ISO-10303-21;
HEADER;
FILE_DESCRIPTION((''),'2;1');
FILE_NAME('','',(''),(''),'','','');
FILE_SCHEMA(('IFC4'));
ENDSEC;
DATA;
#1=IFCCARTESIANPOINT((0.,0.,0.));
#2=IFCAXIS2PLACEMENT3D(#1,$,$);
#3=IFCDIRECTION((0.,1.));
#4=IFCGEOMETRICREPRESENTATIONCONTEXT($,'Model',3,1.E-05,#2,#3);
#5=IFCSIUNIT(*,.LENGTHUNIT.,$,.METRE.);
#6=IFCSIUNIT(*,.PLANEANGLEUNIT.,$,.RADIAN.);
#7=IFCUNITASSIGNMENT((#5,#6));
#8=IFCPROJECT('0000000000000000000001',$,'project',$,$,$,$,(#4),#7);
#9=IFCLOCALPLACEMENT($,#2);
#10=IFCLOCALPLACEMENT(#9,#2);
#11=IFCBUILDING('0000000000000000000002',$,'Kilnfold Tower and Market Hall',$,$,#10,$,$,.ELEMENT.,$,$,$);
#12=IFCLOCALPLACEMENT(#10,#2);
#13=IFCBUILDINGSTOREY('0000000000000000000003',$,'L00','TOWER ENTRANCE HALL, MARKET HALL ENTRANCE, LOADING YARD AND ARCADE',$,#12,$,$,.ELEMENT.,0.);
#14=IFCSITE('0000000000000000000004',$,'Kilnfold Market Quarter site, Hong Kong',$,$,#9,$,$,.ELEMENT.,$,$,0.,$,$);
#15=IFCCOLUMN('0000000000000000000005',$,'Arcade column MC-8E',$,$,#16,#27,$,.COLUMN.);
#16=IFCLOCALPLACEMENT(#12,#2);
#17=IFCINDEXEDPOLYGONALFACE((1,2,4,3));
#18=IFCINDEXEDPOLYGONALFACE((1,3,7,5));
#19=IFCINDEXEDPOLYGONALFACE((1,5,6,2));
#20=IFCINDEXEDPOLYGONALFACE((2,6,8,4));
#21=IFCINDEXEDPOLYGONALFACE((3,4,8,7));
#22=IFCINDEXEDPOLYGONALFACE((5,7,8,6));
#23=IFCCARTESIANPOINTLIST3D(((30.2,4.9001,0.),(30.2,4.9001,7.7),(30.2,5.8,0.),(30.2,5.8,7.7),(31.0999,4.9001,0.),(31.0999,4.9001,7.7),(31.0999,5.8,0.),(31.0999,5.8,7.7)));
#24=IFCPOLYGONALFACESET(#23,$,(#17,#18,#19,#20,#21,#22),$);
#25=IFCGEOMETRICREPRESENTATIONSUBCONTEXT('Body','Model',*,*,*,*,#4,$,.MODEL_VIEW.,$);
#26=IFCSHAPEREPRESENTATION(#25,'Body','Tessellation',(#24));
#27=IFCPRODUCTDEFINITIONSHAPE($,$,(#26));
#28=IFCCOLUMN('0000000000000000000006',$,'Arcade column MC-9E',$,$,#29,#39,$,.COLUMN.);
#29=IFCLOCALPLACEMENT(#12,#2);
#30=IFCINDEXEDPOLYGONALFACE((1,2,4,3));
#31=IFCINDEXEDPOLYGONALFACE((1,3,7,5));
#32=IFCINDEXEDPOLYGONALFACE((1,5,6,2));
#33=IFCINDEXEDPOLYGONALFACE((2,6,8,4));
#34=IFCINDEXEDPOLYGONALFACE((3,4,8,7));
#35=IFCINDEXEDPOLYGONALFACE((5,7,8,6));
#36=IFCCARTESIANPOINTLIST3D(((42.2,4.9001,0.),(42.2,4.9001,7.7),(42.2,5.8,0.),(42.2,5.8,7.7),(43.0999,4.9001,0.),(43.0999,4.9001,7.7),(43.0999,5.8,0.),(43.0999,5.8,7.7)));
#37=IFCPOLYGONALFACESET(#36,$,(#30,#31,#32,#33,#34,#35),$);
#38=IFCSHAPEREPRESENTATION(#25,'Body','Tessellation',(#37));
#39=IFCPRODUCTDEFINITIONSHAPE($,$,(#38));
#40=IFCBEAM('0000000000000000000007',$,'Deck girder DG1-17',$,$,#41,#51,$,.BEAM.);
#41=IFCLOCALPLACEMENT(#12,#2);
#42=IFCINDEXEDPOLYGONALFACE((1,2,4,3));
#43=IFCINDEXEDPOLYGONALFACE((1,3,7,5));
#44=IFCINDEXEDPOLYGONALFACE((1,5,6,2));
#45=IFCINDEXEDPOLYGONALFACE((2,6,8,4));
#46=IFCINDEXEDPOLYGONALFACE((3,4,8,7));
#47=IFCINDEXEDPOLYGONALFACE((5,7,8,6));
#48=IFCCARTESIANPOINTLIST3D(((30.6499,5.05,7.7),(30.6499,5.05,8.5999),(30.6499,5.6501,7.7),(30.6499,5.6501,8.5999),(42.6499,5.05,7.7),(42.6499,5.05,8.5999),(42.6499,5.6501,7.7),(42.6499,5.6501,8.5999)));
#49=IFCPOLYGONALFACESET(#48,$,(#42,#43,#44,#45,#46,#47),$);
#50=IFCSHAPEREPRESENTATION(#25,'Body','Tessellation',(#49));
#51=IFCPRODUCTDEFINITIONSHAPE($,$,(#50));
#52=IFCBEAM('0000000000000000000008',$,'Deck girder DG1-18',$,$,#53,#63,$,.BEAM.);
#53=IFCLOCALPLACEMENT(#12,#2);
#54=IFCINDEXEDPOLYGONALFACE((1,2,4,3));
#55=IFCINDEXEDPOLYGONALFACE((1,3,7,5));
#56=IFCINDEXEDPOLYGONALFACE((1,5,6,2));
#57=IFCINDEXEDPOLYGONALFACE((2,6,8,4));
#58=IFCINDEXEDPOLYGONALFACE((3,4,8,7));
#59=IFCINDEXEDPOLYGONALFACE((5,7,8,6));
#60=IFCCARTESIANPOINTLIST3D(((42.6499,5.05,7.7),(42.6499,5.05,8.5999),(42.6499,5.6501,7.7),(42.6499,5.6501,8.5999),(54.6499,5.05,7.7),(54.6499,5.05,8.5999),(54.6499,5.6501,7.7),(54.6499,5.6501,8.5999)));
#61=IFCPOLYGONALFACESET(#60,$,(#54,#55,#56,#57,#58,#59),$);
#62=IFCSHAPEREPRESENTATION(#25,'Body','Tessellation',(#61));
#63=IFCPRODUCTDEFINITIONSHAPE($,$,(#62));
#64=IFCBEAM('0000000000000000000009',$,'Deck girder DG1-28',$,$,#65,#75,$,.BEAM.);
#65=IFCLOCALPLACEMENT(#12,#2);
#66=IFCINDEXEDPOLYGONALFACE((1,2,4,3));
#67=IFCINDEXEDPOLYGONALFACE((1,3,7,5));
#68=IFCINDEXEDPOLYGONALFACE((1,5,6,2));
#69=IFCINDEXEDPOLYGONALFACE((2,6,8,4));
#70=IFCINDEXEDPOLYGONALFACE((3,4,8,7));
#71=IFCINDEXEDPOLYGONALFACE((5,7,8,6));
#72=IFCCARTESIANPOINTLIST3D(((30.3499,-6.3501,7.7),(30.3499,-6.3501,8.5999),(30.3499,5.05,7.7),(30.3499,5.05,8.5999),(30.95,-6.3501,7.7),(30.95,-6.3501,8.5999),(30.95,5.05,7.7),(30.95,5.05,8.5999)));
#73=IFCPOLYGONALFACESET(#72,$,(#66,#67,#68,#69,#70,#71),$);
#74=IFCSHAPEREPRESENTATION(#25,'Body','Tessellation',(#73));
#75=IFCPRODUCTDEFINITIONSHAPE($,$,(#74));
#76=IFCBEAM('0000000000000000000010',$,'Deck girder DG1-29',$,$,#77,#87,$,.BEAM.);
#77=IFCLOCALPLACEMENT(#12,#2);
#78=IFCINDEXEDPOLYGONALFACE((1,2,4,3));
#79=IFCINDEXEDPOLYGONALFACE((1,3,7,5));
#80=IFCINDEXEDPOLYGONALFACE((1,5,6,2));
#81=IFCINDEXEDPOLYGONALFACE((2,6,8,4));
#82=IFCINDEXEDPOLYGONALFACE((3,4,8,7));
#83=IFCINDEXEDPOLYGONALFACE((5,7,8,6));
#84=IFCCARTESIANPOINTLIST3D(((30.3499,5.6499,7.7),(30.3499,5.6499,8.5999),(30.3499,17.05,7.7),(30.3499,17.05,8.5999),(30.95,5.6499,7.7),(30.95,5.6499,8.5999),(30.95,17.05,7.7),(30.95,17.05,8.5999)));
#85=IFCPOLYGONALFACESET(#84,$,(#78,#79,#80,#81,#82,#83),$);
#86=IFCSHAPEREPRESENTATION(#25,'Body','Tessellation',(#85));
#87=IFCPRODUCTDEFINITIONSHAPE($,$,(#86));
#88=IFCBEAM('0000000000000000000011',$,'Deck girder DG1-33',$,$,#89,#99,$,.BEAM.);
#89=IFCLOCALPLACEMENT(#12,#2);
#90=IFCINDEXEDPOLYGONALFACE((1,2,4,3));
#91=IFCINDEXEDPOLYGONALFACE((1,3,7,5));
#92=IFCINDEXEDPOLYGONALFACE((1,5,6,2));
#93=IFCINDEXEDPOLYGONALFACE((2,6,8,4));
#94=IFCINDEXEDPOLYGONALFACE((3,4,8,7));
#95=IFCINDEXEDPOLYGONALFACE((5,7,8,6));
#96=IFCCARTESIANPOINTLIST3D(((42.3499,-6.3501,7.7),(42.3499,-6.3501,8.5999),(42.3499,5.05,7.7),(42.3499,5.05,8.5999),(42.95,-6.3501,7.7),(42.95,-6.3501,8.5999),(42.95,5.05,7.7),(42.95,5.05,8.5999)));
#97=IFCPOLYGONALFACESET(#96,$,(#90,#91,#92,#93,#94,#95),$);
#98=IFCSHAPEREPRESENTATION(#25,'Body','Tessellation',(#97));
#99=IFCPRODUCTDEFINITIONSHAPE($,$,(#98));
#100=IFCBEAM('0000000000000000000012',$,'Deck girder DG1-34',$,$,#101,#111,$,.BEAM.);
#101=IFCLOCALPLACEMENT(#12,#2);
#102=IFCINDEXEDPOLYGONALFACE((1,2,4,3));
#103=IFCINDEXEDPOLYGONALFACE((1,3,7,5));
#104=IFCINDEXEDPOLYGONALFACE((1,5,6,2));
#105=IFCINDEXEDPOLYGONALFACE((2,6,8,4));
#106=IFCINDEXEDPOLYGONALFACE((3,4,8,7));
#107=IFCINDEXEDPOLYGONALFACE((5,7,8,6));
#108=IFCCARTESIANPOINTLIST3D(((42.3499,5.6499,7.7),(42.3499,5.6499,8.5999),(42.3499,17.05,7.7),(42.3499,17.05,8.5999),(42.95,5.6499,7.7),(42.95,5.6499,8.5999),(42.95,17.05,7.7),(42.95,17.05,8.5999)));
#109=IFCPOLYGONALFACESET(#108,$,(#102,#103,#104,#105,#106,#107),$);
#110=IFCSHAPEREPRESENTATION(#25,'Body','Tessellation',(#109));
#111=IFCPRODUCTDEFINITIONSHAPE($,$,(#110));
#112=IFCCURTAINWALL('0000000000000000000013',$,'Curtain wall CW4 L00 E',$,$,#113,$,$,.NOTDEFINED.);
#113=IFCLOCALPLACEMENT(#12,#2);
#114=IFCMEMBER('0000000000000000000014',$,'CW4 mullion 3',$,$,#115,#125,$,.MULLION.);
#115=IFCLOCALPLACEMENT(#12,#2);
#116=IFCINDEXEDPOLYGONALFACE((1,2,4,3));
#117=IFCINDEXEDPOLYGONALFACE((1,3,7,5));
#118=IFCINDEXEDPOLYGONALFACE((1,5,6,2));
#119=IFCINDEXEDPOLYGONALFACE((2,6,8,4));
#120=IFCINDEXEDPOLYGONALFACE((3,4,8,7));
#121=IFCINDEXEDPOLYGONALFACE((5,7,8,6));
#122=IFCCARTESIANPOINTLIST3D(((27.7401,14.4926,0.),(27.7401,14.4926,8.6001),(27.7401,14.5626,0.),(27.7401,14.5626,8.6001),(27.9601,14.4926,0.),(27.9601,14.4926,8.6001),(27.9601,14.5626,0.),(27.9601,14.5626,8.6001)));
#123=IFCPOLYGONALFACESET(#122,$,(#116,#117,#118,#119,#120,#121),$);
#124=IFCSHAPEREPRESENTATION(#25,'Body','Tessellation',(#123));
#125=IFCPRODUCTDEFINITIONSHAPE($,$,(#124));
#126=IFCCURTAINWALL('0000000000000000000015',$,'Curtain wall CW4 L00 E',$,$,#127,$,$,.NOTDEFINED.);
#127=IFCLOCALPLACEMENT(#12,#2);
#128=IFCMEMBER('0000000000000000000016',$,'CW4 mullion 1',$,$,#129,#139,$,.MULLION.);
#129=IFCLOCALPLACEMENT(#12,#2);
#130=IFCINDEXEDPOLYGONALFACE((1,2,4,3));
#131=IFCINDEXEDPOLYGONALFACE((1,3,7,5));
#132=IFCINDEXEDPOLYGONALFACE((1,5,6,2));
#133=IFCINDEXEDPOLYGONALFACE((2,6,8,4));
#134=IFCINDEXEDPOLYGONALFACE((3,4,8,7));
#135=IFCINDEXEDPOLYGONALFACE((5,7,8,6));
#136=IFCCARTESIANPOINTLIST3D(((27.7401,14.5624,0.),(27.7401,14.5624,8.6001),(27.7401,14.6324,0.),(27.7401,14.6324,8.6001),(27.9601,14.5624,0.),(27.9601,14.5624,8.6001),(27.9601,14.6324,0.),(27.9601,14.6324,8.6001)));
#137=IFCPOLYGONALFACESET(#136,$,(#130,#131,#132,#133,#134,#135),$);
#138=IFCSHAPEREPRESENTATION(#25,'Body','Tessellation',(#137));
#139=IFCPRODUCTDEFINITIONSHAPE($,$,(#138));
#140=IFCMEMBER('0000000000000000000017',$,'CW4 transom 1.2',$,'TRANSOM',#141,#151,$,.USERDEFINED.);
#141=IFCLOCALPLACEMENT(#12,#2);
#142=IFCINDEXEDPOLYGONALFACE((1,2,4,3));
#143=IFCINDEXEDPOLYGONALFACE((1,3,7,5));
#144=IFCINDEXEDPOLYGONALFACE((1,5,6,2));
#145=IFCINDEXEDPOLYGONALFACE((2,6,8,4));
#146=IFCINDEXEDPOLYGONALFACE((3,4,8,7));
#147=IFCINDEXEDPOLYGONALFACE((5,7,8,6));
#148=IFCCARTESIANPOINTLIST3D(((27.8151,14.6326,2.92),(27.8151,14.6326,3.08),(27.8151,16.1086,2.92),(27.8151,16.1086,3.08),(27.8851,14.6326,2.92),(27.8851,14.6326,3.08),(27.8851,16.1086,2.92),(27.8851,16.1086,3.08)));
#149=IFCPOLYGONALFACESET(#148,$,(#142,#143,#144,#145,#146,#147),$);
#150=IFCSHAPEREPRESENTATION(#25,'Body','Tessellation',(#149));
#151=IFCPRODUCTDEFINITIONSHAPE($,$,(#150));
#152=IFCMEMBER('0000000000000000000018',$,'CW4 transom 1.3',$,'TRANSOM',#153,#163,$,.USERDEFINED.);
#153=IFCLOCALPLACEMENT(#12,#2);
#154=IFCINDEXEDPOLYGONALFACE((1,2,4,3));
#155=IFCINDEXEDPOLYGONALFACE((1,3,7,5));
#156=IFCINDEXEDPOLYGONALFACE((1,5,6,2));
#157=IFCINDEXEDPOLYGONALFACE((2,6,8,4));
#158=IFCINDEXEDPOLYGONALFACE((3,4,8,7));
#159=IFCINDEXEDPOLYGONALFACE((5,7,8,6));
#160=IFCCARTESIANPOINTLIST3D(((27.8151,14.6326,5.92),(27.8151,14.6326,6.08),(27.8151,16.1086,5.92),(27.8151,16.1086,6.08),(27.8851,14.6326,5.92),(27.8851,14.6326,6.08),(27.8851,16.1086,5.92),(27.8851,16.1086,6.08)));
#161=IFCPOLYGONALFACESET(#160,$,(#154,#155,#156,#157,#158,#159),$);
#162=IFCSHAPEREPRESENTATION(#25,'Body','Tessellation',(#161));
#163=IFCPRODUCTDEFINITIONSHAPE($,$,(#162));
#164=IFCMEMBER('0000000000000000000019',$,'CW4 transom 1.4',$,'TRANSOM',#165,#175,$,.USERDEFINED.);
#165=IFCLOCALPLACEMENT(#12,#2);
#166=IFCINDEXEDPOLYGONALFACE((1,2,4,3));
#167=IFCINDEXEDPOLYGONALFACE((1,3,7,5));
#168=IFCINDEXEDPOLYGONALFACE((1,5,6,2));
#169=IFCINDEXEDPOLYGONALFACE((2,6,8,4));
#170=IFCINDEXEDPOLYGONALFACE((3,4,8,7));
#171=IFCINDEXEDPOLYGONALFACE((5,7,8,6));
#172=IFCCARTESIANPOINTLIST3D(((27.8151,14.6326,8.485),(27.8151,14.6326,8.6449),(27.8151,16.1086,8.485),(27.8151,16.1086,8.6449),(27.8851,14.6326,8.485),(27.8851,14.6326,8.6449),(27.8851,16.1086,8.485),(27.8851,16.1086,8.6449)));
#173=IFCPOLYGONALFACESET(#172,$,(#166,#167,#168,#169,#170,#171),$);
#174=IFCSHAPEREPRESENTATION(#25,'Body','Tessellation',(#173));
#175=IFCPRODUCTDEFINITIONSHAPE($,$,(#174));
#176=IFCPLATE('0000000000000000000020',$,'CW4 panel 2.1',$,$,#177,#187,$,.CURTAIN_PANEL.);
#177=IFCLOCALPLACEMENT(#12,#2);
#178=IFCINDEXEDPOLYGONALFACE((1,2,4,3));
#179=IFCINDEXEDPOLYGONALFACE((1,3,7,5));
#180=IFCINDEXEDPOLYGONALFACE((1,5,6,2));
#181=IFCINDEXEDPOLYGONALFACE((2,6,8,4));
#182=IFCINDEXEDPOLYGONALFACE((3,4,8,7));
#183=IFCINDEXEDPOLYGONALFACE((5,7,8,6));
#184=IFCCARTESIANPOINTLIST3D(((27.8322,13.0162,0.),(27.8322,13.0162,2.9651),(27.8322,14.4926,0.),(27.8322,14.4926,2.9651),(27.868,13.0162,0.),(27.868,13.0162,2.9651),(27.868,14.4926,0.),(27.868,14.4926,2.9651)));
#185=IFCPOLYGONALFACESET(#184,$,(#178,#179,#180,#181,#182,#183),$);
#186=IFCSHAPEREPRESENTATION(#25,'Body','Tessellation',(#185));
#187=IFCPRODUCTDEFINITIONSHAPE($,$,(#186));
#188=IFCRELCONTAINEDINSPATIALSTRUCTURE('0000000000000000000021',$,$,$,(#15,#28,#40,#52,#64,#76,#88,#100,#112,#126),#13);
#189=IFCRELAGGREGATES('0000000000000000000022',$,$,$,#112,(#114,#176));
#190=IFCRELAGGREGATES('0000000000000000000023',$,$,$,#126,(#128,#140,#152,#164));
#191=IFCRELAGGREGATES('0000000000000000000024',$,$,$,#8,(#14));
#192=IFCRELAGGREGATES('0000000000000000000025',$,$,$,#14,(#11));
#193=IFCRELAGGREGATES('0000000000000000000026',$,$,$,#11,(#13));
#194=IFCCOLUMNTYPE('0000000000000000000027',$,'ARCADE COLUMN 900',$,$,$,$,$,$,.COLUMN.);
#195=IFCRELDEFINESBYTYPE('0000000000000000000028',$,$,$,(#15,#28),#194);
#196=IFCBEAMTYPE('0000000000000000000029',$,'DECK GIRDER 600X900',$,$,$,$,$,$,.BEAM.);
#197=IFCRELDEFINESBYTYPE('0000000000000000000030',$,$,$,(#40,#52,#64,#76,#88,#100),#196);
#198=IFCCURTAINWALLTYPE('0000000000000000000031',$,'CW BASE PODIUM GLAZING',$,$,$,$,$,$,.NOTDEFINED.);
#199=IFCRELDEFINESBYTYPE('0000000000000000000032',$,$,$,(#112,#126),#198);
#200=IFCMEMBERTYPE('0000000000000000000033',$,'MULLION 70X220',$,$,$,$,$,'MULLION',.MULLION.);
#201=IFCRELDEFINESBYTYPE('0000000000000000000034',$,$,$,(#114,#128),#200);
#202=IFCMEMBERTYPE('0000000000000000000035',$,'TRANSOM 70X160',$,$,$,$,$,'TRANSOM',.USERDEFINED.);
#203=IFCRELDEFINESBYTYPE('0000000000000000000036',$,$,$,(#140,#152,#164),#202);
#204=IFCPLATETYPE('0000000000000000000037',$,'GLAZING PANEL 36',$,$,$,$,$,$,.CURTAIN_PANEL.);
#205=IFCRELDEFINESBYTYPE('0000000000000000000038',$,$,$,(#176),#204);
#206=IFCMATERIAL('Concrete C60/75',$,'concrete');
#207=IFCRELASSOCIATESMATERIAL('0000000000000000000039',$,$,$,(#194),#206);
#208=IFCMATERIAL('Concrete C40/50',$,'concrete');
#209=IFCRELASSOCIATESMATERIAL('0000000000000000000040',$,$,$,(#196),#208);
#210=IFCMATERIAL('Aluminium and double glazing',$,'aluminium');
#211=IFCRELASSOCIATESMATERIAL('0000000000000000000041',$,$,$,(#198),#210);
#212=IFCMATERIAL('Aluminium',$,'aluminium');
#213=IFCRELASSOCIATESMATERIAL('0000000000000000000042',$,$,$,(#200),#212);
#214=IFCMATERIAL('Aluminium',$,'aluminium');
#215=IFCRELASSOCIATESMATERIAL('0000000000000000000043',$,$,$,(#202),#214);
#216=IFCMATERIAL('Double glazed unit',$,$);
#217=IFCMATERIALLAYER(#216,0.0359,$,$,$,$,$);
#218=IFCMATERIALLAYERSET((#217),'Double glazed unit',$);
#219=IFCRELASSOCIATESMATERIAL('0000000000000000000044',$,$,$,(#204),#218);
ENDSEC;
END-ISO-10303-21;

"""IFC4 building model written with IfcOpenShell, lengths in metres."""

from ifc_helpers import new_model, si_unit, direction, frame, origin, origin_2d, place, context, subcontext, project, spatial, rectangle, extrude, source, transform, mapped, material, layer, layer_set, material_profile, profile_set, type_object, element, aggregate, save


model = new_model("IFC4")

# Units and contexts
model_context = context("Model", 3, precision=1e-05, world=origin(), true_north=direction((0.0, 1.0)))
body_context = subcontext(model_context, "Body", "Model", "MODEL_VIEW")
ifc_project = project(units=[si_unit("LENGTHUNIT", "METRE"), si_unit("PLANEANGLEUNIT", "RADIAN")], contexts=[model_context])

# Site, building, storey
site_placement = place(None, origin())
site = spatial("IfcSite", under=ifc_project, at=site_placement, Name="Kilnfold Market Quarter site, Hong Kong", CompositionType="ELEMENT", RefElevation=0.0)
building_placement = place(site_placement, origin())
building = spatial("IfcBuilding", under=site, at=building_placement, Name="Kilnfold Tower and Market Hall", CompositionType="ELEMENT")
storey_placement = place(building_placement, origin())
storey = spatial("IfcBuildingStorey", under=building, at=storey_placement, Name="L00", Description="TOWER ENTRANCE HALL, MARKET HALL ENTRANCE, LOADING YARD AND ARCADE", CompositionType="ELEMENT", Elevation=0.0)

# Columns
ifc_material_1 = material(Name="Concrete C60/75", Category="concrete")
ifc_material_profile_1 = material_profile(ifc_material_1, rectangle(XDim=0.8999, YDim=0.8999, at=origin_2d()), Name="RC 900x900")
ifc_profile_set_1 = profile_set([ifc_material_profile_1], Name="Concrete C60/75")
column_type = type_object("IfcColumnType", Name="ARCADE COLUMN 900", PredefinedType="COLUMN", material=ifc_profile_set_1)
shared_shape_1 = source(origin(), body_context, "Body", "SweptSolid", [
    extrude(rectangle(XDim=0.8999, YDim=0.8999, at=origin_2d()), origin(), (0.0, 0.0, 1.0), 7.7),
])
for number, where, z_axis, x_axis, name in (
    (1, (30.6499, 5.3501, 0.0), (0.0, 0.0, 1.0), (1.0, 0.0, 0.0), "Arcade column MC-8E"),
    (2, (42.6499, 5.3501, 0.0), (0.0, 0.0, 1.0), (1.0, 0.0, 0.0), "Arcade column MC-9E"),
):
    element("IfcColumn", number, at=place(storey_placement, frame(where, z_axis=z_axis, x_axis=x_axis)), inside=storey, type_object=column_type, Name=name, PredefinedType="COLUMN", context=body_context, shape_type="MappedRepresentation", body=[
        mapped(shared_shape_1, transform((0.0, 0.0, 0.0))),
    ])

# Beams
ifc_material_2 = material(Name="Concrete C40/50", Category="concrete")
ifc_material_profile_2 = material_profile(ifc_material_2, rectangle(XDim=0.6001, YDim=0.8999, at=origin_2d()), Name="RC 600x900")
ifc_profile_set_2 = profile_set([ifc_material_profile_2], Name="Concrete C40/50")
beam_type = type_object("IfcBeamType", Name="DECK GIRDER 600X900", PredefinedType="BEAM", material=ifc_profile_set_2)
shared_shape_2 = source(origin(), body_context, "Body", "SweptSolid", [
    extrude(rectangle(XDim=0.6001, YDim=0.8999, at=origin_2d()), origin(), (0.0, 0.0, 1.0), 12.0),
])
for number, where, z_axis, x_axis, name in (
    (3, (30.6499, 5.3501, 8.1499), (1.0, 0.0, 0.0), (0.0, 1.0, 0.0), "Deck girder DG1-17"),
    (4, (42.6499, 5.3501, 8.1499), (1.0, 0.0, 0.0), (0.0, 1.0, 0.0), "Deck girder DG1-18"),
):
    element("IfcBeam", number, at=place(storey_placement, frame(where, z_axis=z_axis, x_axis=x_axis)), inside=storey, type_object=beam_type, Name=name, PredefinedType="BEAM", context=body_context, shape_type="MappedRepresentation", body=[
        mapped(shared_shape_2, transform((0.0, 0.0, 0.0))),
    ])
shared_shape_3 = source(origin(), body_context, "Body", "SweptSolid", [
    extrude(rectangle(XDim=0.6001, YDim=0.8999, at=origin_2d()), origin(), (0.0, 0.0, 1.0), 11.4001),
])
for number, where, z_axis, x_axis, name in (
    (5, (30.6499, -6.3501, 8.1499), (0.0, 1.0, 0.0), (-1.0, 0.0, 0.0), "Deck girder DG1-28"),
    (6, (30.6499, 5.6499, 8.1499), (0.0, 1.0, 0.0), (-1.0, 0.0, 0.0), "Deck girder DG1-29"),
    (7, (42.6499, -6.3501, 8.1499), (0.0, 1.0, 0.0), (-1.0, 0.0, 0.0), "Deck girder DG1-33"),
    (8, (42.6499, 5.6499, 8.1499), (0.0, 1.0, 0.0), (-1.0, 0.0, 0.0), "Deck girder DG1-34"),
):
    element("IfcBeam", number, at=place(storey_placement, frame(where, z_axis=z_axis, x_axis=x_axis)), inside=storey, type_object=beam_type, Name=name, PredefinedType="BEAM", context=body_context, shape_type="MappedRepresentation", body=[
        mapped(shared_shape_3, transform((0.0, 0.0, 0.0))),
    ])

# Curtain wall, member
ifc_material_3 = material(Name="Aluminium and double glazing", Category="aluminium")
curtain_wall_type = type_object("IfcCurtainWallType", Name="CW BASE PODIUM GLAZING", PredefinedType="NOTDEFINED", material=ifc_material_3)
curtain_wall_1_placement = place(storey_placement, origin())
curtain_wall_1 = element("IfcCurtainWall", 9, at=curtain_wall_1_placement, inside=storey, type_object=curtain_wall_type, Name="Curtain wall CW4 L00 E", PredefinedType="NOTDEFINED")
ifc_material_4 = material(Name="Aluminium", Category="aluminium")
ifc_material_profile_3 = material_profile(ifc_material_4, rectangle(XDim=0.0701, YDim=0.22, at=origin_2d()), Name="MULLION 70x220")
ifc_profile_set_3 = profile_set([ifc_material_profile_3], Name="Aluminium")
member_type_1 = type_object("IfcMemberType", Name="MULLION 70X220", ElementType="MULLION", PredefinedType="MULLION", material=ifc_profile_set_3)
shared_shape_4 = source(origin(), body_context, "Body", "SweptSolid", [
    extrude(rectangle(XDim=0.0701, YDim=0.22, at=origin_2d()), origin(), (0.0, 0.0, 1.0), 8.6001),
])
member_1_placement = place(storey_placement, frame((27.8501, 14.5276, 0.0), z_axis=(0.0, 0.0, 1.0), x_axis=(0.0, 1.0, 0.0)))
member_1 = element("IfcMember", 10, at=member_1_placement, type_object=member_type_1, Name="CW4 mullion 3", PredefinedType="MULLION", context=body_context, shape_type="MappedRepresentation", body=[
    mapped(shared_shape_4, transform((0.0, 0.0, 0.0))),
])

# Curtain wall, members
curtain_wall_2_placement = place(storey_placement, origin())
curtain_wall_2 = element("IfcCurtainWall", 11, at=curtain_wall_2_placement, inside=storey, type_object=curtain_wall_type, Name="Curtain wall CW4 L00 E", PredefinedType="NOTDEFINED")
member_2_placement = place(storey_placement, frame((27.8501, 14.5974, 0.0), z_axis=(0.0, 0.0, 1.0), x_axis=(0.0, 1.0, 0.0)))
member_2 = element("IfcMember", 12, at=member_2_placement, type_object=member_type_1, Name="CW4 mullion 1", PredefinedType="MULLION", context=body_context, shape_type="MappedRepresentation", body=[
    mapped(shared_shape_4, transform((0.0, 0.0, 0.0))),
])
ifc_material_5 = material(Name="Aluminium", Category="aluminium")
ifc_material_profile_4 = material_profile(ifc_material_5, rectangle(XDim=0.0701, YDim=0.1599, at=origin_2d()), Name="TRANSOM 70x160")
ifc_profile_set_4 = profile_set([ifc_material_profile_4], Name="Aluminium")
member_type_2 = type_object("IfcMemberType", Name="TRANSOM 70X160", ElementType="TRANSOM", PredefinedType="USERDEFINED", material=ifc_profile_set_4)
shared_shape_5 = source(origin(), body_context, "Body", "SweptSolid", [
    extrude(rectangle(XDim=0.0701, YDim=0.1599, at=origin_2d()), origin(), (0.0, 0.0, 1.0), 1.4761),
])
member_3_placement = place(storey_placement, frame((27.8501, 14.6326, 3.0), z_axis=(0.0, 1.0, 0.0), x_axis=(-1.0, 0.0, 0.0)))
member_3 = element("IfcMember", 13, at=member_3_placement, type_object=member_type_2, Name="CW4 transom 1.2", ObjectType="TRANSOM", PredefinedType="USERDEFINED", context=body_context, shape_type="MappedRepresentation", body=[
    mapped(shared_shape_5, transform((0.0, 0.0, 0.0))),
])
member_4_placement = place(storey_placement, frame((27.8501, 14.6326, 6.0), z_axis=(0.0, 1.0, 0.0), x_axis=(-1.0, 0.0, 0.0)))
member_4 = element("IfcMember", 14, at=member_4_placement, type_object=member_type_2, Name="CW4 transom 1.3", ObjectType="TRANSOM", PredefinedType="USERDEFINED", context=body_context, shape_type="MappedRepresentation", body=[
    mapped(shared_shape_5, transform((0.0, 0.0, 0.0))),
])
member_5_placement = place(storey_placement, frame((27.8501, 14.6326, 8.5649), z_axis=(0.0, 1.0, 0.0), x_axis=(-1.0, 0.0, 0.0)))
member_5 = element("IfcMember", 15, at=member_5_placement, type_object=member_type_2, Name="CW4 transom 1.4", ObjectType="TRANSOM", PredefinedType="USERDEFINED", context=body_context, shape_type="MappedRepresentation", body=[
    mapped(shared_shape_5, transform((0.0, 0.0, 0.0))),
])

# Plate
ifc_material_6 = material(Name="Double glazed unit")
ifc_layer_1 = layer(ifc_material_6, 0.0359)
ifc_layer_set_1 = layer_set([ifc_layer_1], Name="Double glazed unit")
plate_type = type_object("IfcPlateType", Name="GLAZING PANEL 36", PredefinedType="CURTAIN_PANEL", material=ifc_layer_set_1)
shared_shape_6 = source(origin(), body_context, "Body", "SweptSolid", [
    extrude(rectangle(XDim=1.4763, YDim=0.0359, at=origin_2d()), origin(), (0.0, 0.0, 1.0), 2.9651),
])
plate_1_placement = place(storey_placement, frame((27.8501, 13.7544, 0.0), z_axis=(0.0, 0.0, 1.0), x_axis=(0.0, 1.0, 0.0)))
plate_1 = element("IfcPlate", 16, at=plate_1_placement, type_object=plate_type, Name="CW4 panel 2.1", PredefinedType="CURTAIN_PANEL", context=body_context, shape_type="MappedRepresentation", body=[
    mapped(shared_shape_6, transform((0.0, 0.0, 0.0))),
])
aggregate(curtain_wall_1, [member_1, plate_1])
aggregate(curtain_wall_2, [member_2, member_3, member_4, member_5])

save(model, "model.ifc")
